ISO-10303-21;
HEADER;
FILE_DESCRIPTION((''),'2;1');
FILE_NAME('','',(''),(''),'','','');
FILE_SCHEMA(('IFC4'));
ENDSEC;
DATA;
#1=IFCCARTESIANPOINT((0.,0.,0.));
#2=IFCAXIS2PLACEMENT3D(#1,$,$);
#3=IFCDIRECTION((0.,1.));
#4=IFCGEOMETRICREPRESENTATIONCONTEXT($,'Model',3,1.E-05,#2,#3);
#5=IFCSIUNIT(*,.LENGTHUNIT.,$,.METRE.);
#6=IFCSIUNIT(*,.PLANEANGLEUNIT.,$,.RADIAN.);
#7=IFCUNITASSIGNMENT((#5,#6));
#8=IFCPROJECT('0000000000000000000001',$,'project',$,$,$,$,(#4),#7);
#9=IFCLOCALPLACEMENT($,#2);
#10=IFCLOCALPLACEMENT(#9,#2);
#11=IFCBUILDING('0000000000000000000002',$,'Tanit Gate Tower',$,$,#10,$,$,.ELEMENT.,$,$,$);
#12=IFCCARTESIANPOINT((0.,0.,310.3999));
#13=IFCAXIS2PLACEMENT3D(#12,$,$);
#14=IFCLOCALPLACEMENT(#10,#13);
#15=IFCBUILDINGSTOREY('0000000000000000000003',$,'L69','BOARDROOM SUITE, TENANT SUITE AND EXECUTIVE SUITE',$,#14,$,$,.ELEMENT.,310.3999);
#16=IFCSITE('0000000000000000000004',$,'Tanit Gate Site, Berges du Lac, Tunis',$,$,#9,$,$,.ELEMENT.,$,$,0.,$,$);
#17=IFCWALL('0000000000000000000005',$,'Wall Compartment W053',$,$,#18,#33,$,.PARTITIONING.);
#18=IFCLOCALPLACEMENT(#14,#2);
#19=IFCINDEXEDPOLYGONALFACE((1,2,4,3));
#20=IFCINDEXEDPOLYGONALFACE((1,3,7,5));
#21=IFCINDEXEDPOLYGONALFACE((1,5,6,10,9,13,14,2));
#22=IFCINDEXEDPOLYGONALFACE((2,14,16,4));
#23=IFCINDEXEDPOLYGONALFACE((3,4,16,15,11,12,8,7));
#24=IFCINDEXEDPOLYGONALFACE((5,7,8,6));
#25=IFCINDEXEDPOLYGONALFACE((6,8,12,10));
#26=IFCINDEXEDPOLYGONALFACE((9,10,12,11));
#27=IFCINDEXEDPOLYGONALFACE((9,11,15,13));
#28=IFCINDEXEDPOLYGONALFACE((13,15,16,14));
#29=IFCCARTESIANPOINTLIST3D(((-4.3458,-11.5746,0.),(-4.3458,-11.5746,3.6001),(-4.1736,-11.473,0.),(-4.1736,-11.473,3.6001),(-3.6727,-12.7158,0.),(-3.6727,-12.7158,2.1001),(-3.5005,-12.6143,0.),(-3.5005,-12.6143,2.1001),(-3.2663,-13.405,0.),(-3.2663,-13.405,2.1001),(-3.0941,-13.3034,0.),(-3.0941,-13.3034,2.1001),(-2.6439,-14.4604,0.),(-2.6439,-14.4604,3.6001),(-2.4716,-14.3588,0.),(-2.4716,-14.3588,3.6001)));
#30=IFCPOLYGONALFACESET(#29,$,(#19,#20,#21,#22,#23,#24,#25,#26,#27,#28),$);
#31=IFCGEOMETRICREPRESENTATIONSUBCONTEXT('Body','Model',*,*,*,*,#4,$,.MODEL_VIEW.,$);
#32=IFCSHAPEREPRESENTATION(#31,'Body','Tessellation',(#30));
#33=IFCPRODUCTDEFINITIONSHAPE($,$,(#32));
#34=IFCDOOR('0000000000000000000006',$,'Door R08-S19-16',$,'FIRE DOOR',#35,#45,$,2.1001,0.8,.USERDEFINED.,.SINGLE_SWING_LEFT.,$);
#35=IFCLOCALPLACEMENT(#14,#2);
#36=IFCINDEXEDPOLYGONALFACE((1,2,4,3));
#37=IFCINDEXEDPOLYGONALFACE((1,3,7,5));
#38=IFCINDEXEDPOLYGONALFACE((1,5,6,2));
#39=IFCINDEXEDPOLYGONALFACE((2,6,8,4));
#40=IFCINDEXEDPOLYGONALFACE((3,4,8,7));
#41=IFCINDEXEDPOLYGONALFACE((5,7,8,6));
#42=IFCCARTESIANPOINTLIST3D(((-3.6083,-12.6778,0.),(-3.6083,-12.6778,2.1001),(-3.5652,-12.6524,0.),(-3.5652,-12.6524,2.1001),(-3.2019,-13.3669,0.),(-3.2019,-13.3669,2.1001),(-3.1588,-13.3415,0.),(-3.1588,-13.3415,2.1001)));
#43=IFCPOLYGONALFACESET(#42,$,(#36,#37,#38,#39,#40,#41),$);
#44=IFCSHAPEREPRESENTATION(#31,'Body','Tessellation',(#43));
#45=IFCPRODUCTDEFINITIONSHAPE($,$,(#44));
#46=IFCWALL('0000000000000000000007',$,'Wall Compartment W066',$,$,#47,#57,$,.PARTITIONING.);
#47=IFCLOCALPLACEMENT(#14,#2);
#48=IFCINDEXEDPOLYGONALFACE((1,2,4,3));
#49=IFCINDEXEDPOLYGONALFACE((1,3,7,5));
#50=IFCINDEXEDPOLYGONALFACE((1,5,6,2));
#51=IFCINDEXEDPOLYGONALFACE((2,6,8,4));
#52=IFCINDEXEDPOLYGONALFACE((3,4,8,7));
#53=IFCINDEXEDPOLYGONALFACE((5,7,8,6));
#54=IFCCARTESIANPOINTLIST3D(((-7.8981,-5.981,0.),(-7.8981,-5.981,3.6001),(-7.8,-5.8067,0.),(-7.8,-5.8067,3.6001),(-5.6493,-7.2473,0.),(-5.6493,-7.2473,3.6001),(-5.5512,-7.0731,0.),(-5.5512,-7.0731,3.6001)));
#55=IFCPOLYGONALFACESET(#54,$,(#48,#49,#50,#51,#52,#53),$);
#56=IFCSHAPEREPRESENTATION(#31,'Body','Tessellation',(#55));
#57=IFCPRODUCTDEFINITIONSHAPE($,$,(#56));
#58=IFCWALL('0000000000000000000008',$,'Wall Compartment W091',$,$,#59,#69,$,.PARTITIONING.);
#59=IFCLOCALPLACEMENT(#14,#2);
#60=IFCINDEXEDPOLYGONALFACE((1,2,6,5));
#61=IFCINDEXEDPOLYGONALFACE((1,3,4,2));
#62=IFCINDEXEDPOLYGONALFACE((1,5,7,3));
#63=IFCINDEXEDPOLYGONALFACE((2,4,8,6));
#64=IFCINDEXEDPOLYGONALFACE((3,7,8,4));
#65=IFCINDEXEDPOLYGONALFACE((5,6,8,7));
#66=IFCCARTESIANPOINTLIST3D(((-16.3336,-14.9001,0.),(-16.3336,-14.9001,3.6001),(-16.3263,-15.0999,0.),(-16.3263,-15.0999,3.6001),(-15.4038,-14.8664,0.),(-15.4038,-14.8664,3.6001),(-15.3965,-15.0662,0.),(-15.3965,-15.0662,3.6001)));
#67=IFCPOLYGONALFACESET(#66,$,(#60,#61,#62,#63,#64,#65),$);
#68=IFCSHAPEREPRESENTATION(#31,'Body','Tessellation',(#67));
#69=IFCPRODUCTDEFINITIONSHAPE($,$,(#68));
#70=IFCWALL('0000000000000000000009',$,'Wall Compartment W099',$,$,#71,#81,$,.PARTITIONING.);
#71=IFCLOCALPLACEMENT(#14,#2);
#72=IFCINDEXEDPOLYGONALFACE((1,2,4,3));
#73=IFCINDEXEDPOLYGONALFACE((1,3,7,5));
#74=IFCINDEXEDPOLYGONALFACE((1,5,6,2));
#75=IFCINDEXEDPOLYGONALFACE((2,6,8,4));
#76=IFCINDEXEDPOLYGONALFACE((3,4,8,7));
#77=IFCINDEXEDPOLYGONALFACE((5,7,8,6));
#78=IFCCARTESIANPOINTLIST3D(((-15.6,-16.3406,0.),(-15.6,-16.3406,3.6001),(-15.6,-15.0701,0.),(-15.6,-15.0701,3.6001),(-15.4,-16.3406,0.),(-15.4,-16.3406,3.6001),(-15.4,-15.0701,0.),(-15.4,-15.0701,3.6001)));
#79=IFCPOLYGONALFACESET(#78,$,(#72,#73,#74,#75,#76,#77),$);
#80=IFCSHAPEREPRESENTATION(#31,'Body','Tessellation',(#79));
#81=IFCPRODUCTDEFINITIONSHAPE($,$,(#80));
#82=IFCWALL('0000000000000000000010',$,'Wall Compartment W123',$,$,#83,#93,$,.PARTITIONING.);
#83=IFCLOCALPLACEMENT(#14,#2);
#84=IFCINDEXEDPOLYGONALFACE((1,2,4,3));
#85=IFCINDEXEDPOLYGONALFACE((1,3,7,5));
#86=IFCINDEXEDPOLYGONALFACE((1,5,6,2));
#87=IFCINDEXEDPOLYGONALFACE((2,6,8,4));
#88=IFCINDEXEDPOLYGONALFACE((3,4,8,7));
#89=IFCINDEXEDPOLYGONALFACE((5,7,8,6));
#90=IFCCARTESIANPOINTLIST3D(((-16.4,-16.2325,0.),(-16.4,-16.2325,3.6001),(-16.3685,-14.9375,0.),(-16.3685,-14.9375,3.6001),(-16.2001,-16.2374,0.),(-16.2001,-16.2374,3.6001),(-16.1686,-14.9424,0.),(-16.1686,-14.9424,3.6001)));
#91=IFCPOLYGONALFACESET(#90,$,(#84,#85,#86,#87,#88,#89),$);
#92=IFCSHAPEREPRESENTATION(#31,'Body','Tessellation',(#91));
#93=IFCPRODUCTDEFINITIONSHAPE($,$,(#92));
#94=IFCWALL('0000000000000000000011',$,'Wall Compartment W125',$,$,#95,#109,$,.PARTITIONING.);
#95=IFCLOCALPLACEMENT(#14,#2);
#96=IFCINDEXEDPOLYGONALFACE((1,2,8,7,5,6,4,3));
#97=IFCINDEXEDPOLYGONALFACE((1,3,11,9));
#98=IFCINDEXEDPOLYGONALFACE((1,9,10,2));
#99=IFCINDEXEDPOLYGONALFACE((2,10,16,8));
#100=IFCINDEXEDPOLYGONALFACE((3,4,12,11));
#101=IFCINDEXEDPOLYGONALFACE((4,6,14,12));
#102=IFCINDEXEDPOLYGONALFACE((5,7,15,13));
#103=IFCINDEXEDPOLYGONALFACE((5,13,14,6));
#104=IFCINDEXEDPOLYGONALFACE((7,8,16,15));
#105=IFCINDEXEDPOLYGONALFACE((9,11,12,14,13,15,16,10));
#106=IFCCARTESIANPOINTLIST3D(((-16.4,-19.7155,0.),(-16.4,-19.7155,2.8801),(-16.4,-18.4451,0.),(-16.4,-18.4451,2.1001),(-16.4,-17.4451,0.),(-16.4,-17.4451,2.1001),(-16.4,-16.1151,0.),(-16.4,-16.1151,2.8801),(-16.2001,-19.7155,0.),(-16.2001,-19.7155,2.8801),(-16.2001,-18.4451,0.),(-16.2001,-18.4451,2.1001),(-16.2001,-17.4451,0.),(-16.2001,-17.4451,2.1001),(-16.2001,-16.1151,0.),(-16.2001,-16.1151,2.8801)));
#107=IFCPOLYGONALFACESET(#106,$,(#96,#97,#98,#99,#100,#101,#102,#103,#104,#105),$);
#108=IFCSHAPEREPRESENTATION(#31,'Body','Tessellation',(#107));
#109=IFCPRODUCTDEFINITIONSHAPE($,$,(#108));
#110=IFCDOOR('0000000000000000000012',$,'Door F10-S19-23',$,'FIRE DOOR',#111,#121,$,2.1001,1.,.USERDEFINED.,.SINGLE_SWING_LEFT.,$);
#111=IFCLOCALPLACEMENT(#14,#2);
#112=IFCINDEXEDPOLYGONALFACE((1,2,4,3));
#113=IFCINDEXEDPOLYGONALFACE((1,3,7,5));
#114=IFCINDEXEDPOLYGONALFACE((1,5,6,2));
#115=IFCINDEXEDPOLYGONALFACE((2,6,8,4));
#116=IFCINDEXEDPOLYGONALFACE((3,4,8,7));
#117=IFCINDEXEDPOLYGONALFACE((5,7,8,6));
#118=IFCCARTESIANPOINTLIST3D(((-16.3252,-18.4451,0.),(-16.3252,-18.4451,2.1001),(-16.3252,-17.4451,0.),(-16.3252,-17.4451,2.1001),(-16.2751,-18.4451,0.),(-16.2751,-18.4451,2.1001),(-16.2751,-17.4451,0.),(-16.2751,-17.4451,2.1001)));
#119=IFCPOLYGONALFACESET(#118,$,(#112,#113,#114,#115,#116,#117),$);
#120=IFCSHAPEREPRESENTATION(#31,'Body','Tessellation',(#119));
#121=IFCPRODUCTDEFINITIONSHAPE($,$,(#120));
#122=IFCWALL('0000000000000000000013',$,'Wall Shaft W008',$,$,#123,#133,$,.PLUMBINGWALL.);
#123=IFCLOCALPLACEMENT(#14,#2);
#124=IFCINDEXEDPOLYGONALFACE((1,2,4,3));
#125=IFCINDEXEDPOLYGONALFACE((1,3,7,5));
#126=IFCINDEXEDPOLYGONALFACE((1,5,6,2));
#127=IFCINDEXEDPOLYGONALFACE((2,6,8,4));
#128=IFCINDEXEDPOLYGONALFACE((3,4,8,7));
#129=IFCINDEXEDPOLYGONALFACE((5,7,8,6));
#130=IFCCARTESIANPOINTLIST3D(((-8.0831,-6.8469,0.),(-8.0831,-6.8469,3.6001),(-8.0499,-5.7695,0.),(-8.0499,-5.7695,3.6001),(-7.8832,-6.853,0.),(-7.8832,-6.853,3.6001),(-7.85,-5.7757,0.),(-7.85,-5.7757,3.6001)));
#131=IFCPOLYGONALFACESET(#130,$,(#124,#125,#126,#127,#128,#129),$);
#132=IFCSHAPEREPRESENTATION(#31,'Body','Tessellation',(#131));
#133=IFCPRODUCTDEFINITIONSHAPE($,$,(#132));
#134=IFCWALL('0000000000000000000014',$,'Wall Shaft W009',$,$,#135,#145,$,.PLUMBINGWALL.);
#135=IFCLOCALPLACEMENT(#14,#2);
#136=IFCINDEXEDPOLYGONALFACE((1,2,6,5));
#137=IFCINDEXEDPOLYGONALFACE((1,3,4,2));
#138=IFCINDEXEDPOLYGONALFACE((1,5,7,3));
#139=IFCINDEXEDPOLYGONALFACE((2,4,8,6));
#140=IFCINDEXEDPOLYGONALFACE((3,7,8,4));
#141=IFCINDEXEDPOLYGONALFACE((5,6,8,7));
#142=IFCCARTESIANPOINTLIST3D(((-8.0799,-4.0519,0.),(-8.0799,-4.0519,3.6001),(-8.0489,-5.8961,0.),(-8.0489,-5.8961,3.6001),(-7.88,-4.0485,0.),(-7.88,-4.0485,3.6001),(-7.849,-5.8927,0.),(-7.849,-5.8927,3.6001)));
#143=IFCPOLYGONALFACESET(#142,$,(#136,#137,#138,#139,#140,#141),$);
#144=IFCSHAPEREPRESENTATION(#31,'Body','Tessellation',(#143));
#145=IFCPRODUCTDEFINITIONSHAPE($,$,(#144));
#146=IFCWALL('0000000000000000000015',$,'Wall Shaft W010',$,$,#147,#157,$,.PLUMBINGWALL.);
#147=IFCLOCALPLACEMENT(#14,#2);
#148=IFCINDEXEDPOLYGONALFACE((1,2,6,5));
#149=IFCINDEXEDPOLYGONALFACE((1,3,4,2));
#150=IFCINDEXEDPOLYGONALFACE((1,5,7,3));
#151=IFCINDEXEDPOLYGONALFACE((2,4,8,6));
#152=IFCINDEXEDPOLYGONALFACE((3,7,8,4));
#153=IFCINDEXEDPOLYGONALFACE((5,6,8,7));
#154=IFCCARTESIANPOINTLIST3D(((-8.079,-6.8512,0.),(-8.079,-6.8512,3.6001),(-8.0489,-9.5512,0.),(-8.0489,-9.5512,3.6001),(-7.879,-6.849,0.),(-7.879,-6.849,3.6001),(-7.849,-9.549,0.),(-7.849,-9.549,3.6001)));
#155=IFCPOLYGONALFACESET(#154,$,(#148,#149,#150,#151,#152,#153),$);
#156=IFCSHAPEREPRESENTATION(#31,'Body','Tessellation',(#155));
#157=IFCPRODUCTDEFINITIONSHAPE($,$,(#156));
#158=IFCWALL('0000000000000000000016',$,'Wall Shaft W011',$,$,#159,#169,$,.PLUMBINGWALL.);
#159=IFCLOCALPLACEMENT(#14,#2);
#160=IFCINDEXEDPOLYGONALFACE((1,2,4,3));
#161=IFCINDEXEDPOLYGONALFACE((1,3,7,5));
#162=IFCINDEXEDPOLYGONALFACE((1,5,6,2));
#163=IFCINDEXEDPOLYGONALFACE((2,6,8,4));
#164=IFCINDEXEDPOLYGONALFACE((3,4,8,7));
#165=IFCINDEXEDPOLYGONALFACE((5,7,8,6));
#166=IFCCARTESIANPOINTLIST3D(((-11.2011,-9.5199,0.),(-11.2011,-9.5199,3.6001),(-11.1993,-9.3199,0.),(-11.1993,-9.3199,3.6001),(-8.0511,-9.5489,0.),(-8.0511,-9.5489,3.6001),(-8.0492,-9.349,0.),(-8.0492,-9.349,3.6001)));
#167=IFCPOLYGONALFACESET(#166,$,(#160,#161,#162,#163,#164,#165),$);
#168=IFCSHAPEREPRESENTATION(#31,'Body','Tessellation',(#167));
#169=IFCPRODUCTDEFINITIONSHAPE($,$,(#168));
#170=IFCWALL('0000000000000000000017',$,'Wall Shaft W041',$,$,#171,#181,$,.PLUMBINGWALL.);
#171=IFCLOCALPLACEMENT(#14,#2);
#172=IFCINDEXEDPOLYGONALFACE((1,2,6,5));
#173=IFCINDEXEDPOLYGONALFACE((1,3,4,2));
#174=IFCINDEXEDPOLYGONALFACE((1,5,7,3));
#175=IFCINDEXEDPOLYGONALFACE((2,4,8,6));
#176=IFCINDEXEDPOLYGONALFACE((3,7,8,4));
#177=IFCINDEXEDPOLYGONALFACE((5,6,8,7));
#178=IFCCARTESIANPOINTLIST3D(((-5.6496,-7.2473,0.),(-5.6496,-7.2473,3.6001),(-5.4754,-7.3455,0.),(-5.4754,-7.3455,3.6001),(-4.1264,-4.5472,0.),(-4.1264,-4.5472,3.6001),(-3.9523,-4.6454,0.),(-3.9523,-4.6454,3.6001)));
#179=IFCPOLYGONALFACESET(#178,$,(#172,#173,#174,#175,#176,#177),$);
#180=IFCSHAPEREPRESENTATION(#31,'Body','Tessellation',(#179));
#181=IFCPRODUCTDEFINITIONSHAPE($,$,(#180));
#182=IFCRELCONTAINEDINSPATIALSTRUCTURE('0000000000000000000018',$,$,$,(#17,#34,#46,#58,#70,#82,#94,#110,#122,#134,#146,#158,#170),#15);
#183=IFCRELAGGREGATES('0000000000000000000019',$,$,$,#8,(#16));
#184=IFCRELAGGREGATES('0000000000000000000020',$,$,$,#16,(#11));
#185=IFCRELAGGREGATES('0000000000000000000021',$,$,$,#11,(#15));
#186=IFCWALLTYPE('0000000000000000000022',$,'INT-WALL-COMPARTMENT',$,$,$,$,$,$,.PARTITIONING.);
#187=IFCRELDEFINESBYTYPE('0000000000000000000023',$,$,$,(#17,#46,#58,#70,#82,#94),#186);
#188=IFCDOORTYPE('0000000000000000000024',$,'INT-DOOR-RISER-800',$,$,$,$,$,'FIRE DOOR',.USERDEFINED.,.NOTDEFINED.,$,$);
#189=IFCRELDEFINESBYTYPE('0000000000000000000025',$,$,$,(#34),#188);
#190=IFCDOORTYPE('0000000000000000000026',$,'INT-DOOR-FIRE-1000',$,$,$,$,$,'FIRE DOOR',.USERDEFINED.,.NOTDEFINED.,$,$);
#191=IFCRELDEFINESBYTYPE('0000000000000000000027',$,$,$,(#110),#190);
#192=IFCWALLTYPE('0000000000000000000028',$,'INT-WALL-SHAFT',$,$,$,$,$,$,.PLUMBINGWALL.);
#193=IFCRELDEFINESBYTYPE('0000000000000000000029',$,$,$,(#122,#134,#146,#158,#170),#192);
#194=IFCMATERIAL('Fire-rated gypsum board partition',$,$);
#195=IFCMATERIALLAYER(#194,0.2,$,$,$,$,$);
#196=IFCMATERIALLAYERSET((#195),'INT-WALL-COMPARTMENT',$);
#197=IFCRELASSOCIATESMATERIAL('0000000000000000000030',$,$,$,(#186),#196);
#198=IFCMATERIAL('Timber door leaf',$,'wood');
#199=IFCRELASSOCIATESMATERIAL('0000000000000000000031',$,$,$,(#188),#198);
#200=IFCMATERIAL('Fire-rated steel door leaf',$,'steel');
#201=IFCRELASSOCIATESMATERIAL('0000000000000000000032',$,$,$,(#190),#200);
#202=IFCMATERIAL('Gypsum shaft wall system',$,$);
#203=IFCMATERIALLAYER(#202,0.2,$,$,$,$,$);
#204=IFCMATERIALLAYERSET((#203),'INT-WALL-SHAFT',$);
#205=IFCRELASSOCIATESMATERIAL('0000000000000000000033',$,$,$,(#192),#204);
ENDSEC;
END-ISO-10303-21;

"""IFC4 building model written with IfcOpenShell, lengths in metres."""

from ifc_helpers import new_model, si_unit, direction, frame, frame_2d, origin, place, context, subcontext, project, spatial, rectangle, extrude, material, layer, layer_set, type_object, element, fill, save


model = new_model("IFC4")

# Units and contexts
model_context = context("Model", 3, precision=1e-05, world=origin(), true_north=direction((0.0, 1.0)))
body_context = subcontext(model_context, "Body", "Model", "MODEL_VIEW")
ifc_project = project(units=[si_unit("LENGTHUNIT", "METRE"), si_unit("PLANEANGLEUNIT", "RADIAN")], contexts=[model_context])

# Site, building, storey
site_placement = place(None, origin())
site = spatial("IfcSite", under=ifc_project, at=site_placement, Name="Tanit Gate Site, Berges du Lac, Tunis", CompositionType="ELEMENT", RefElevation=0.0)
building_placement = place(site_placement, origin())
building = spatial("IfcBuilding", under=site, at=building_placement, Name="Tanit Gate Tower", CompositionType="ELEMENT")
storey_placement = place(building_placement, frame((0.0, 0.0, 310.3999)))
storey = spatial("IfcBuildingStorey", under=building, at=storey_placement, Name="L69", Description="BOARDROOM SUITE, TENANT SUITE AND EXECUTIVE SUITE", CompositionType="ELEMENT", Elevation=310.3999)

# Wall, opening, door
ifc_material_1 = material(Name="Fire-rated gypsum board partition")
ifc_layer_1 = layer(ifc_material_1, 0.2)
ifc_layer_set_1 = layer_set([ifc_layer_1], Name="INT-WALL-COMPARTMENT")
wall_type_1 = type_object("IfcWallType", Name="INT-WALL-COMPARTMENT", PredefinedType="PARTITIONING", material=ifc_layer_set_1)
wall_1_placement = place(storey_placement, frame((-4.2598, -11.5237, 0.0), z_axis=(0.0, 0.0, 1.0), x_axis=(0.507997, -0.861359, 0.0)))
wall_1 = element("IfcWall", 1, at=wall_1_placement, inside=storey, type_object=wall_type_1, Name="Wall Compartment W053", PredefinedType="PARTITIONING", context=body_context, shape_type="SweptSolid", body=[
    extrude(rectangle(XDim=3.3503, YDim=0.2, at=frame_2d((1.6753, 0.0))), origin(), (0.0, 0.0, 1.0), 3.6001),
])
opening_1_placement = place(wall_1_placement, frame((1.3252, 0.0, 0.0)))
opening_1 = element("IfcOpeningElement", 2, at=opening_1_placement, cuts=wall_1, PredefinedType="OPENING", context=body_context, shape_type="SweptSolid", body=[
    extrude(rectangle(XDim=0.8, YDim=2.1001, at=frame_2d((0.3999, 1.05))), frame((0.0, 0.1099, 0.0), z_axis=(0.0, -1.0, 0.0), x_axis=(1.0, 0.0, 0.0)), (0.0, 0.0, 1.0), 0.22),
])
ifc_material_2 = material(Name="Timber door leaf", Category="wood")
door_type_1 = type_object("IfcDoorType", Name="INT-DOOR-RISER-800", ElementType="FIRE DOOR", OperationType="NOTDEFINED", PredefinedType="USERDEFINED", material=ifc_material_2)
door_1_placement = place(opening_1_placement, origin())
door_1 = element("IfcDoor", 3, at=door_1_placement, inside=storey, type_object=door_type_1, Name="Door R08-S19-16", ObjectType="FIRE DOOR", OperationType="SINGLE_SWING_LEFT", OverallHeight=2.1001, OverallWidth=0.8, PredefinedType="USERDEFINED", context=body_context, shape_type="SweptSolid", body=[
    extrude(rectangle(XDim=0.8, YDim=2.1001, at=frame_2d((0.3999, 1.05))), frame((0.0, 0.0249, 0.0), z_axis=(0.0, -1.0, 0.0), x_axis=(1.0, 0.0, 0.0)), (0.0, 0.0, 1.0), 0.05),
])
fill(opening_1, door_1)

# Walls
wall_2_placement = place(storey_placement, frame((-7.8491, -5.8938, 0.0), z_axis=(0.0, 0.0, 1.0), x_axis=(0.87134, -0.490679, 0.0)))
element("IfcWall", 4, at=wall_2_placement, inside=storey, type_object=wall_type_1, Name="Wall Compartment W066", PredefinedType="PARTITIONING", context=body_context, shape_type="SweptSolid", body=[
    extrude(rectangle(XDim=2.5808, YDim=0.2, at=frame_2d((1.2905, 0.0))), origin(), (0.0, 0.0, 1.0), 3.6001),
])
wall_3_placement = place(storey_placement, frame((-16.3301, -15.0, 0.0), z_axis=(0.0, 0.0, 1.0), x_axis=(0.999344, 0.036206, 0.0)))
element("IfcWall", 5, at=wall_3_placement, inside=storey, type_object=wall_type_1, Name="Wall Compartment W091", PredefinedType="PARTITIONING", context=body_context, shape_type="SweptSolid", body=[
    extrude(rectangle(XDim=0.9304, YDim=0.2, at=frame_2d((0.4653, 0.0))), origin(), (0.0, 0.0, 1.0), 3.6001),
])
wall_4_placement = place(storey_placement, frame((-15.5, -15.0701, 0.0), z_axis=(0.0, 0.0, 1.0), x_axis=(0.0, -1.0, 0.0)))
element("IfcWall", 6, at=wall_4_placement, inside=storey, type_object=wall_type_1, Name="Wall Compartment W099", PredefinedType="PARTITIONING", context=body_context, shape_type="SweptSolid", body=[
    extrude(rectangle(XDim=1.2705, YDim=0.2, at=frame_2d((0.6353, 0.0))), origin(), (0.0, 0.0, 1.0), 3.6001),
])
wall_5_placement = place(storey_placement, frame((-16.2686, -14.9399, 0.0), z_axis=(0.0, 0.0, 1.0), x_axis=(-0.024314, -0.999704, 0.0)))
element("IfcWall", 7, at=wall_5_placement, inside=storey, type_object=wall_type_1, Name="Wall Compartment W123", PredefinedType="PARTITIONING", context=body_context, shape_type="SweptSolid", body=[
    extrude(rectangle(XDim=1.2954, YDim=0.2, at=frame_2d((0.6477, 0.0))), origin(), (0.0, 0.0, 1.0), 3.6001),
])

# Wall, opening, door
wall_6_placement = place(storey_placement, frame((-16.3, -16.115, 0.0), z_axis=(0.0, 0.0, 1.0), x_axis=(0.0, -1.0, 0.0)))
wall_6 = element("IfcWall", 8, at=wall_6_placement, inside=storey, type_object=wall_type_1, Name="Wall Compartment W125", PredefinedType="PARTITIONING", context=body_context, shape_type="SweptSolid", body=[
    extrude(rectangle(XDim=3.6003, YDim=0.2, at=frame_2d((1.8003, 0.0))), origin(), (0.0, 0.0, 1.0), 2.8801),
])
opening_2_placement = place(wall_6_placement, frame((1.3301, 0.0, 0.0)))
opening_2 = element("IfcOpeningElement", 9, at=opening_2_placement, cuts=wall_6, PredefinedType="OPENING", context=body_context, shape_type="SweptSolid", body=[
    extrude(rectangle(XDim=1.0, YDim=2.1001, at=frame_2d((0.5, 1.05))), frame((0.0, 0.1099, 0.0), z_axis=(0.0, -1.0, 0.0), x_axis=(1.0, 0.0, 0.0)), (0.0, 0.0, 1.0), 0.22),
])
ifc_material_3 = material(Name="Fire-rated steel door leaf", Category="steel")
door_type_2 = type_object("IfcDoorType", Name="INT-DOOR-FIRE-1000", ElementType="FIRE DOOR", OperationType="NOTDEFINED", PredefinedType="USERDEFINED", material=ifc_material_3)
door_2_placement = place(opening_2_placement, origin())
door_2 = element("IfcDoor", 10, at=door_2_placement, inside=storey, type_object=door_type_2, Name="Door F10-S19-23", ObjectType="FIRE DOOR", OperationType="SINGLE_SWING_LEFT", OverallHeight=2.1001, OverallWidth=1.0, PredefinedType="USERDEFINED", context=body_context, shape_type="SweptSolid", body=[
    extrude(rectangle(XDim=1.0, YDim=2.1001, at=frame_2d((0.5, 1.05))), frame((0.0, 0.0249, 0.0), z_axis=(0.0, -1.0, 0.0), x_axis=(1.0, 0.0, 0.0)), (0.0, 0.0, 1.0), 0.05),
])
fill(opening_2, door_2)

# Walls
ifc_material_4 = material(Name="Gypsum shaft wall system")
ifc_layer_2 = layer(ifc_material_4, 0.2)
ifc_layer_set_2 = layer_set([ifc_layer_2], Name="INT-WALL-SHAFT")
wall_type_2 = type_object("IfcWallType", Name="INT-WALL-SHAFT", PredefinedType="PLUMBINGWALL", material=ifc_layer_set_2)
wall_7_placement = place(storey_placement, frame((-7.95, -5.7725, 0.0), z_axis=(0.0, 0.0, 1.0), x_axis=(-0.030803, -0.999525, 0.0)))
element("IfcWall", 11, at=wall_7_placement, inside=storey, type_object=wall_type_2, Name="Wall Shaft W008", PredefinedType="PLUMBINGWALL", context=body_context, shape_type="SweptSolid", body=[
    extrude(rectangle(XDim=1.0779, YDim=0.2, at=frame_2d((0.5391, 0.0))), origin(), (0.0, 0.0, 1.0), 3.6001),
])
wall_8_placement = place(storey_placement, frame((-7.98, -4.05, 0.0), z_axis=(0.0, 0.0, 1.0), x_axis=(0.01681, -0.999859, 0.0)))
element("IfcWall", 12, at=wall_8_placement, inside=storey, type_object=wall_type_2, Name="Wall Shaft W009", PredefinedType="PLUMBINGWALL", context=body_context, shape_type="SweptSolid", body=[
    extrude(rectangle(XDim=1.8445, YDim=0.2, at=frame_2d((0.9224, 0.0))), origin(), (0.0, 0.0, 1.0), 3.6001),
])
wall_9_placement = place(storey_placement, frame((-7.979, -6.8501, 0.0), z_axis=(0.0, 0.0, 1.0), x_axis=(0.011121, -0.999938, 0.0)))
element("IfcWall", 13, at=wall_9_placement, inside=storey, type_object=wall_type_2, Name="Wall Shaft W010", PredefinedType="PLUMBINGWALL", context=body_context, shape_type="SweptSolid", body=[
    extrude(rectangle(XDim=2.7002, YDim=0.2, at=frame_2d((1.3501, 0.0))), origin(), (0.0, 0.0, 1.0), 3.6001),
])
wall_10_placement = place(storey_placement, frame((-8.05, -9.449, 0.0), z_axis=(0.0, 0.0, 1.0), x_axis=(-0.999957, 0.009223, 0.0)))
element("IfcWall", 14, at=wall_10_placement, inside=storey, type_object=wall_type_2, Name="Wall Shaft W011", PredefinedType="PLUMBINGWALL", context=body_context, shape_type="SweptSolid", body=[
    extrude(rectangle(XDim=3.1501, YDim=0.2, at=frame_2d((1.5752, 0.0))), origin(), (0.0, 0.0, 1.0), 3.6001),
])
wall_11_placement = place(storey_placement, frame((-5.5625, -7.2964, 0.0), z_axis=(0.0, 0.0, 1.0), x_axis=(0.491323, 0.870978, 0.0)))
element("IfcWall", 15, at=wall_11_placement, inside=storey, type_object=wall_type_2, Name="Wall Shaft W041", PredefinedType="PLUMBINGWALL", context=body_context, shape_type="SweptSolid", body=[
    extrude(rectangle(XDim=3.1001, YDim=0.2, at=frame_2d((1.55, 0.0))), origin(), (0.0, 0.0, 1.0), 3.6001),
])

save(model, "model.ifc")
